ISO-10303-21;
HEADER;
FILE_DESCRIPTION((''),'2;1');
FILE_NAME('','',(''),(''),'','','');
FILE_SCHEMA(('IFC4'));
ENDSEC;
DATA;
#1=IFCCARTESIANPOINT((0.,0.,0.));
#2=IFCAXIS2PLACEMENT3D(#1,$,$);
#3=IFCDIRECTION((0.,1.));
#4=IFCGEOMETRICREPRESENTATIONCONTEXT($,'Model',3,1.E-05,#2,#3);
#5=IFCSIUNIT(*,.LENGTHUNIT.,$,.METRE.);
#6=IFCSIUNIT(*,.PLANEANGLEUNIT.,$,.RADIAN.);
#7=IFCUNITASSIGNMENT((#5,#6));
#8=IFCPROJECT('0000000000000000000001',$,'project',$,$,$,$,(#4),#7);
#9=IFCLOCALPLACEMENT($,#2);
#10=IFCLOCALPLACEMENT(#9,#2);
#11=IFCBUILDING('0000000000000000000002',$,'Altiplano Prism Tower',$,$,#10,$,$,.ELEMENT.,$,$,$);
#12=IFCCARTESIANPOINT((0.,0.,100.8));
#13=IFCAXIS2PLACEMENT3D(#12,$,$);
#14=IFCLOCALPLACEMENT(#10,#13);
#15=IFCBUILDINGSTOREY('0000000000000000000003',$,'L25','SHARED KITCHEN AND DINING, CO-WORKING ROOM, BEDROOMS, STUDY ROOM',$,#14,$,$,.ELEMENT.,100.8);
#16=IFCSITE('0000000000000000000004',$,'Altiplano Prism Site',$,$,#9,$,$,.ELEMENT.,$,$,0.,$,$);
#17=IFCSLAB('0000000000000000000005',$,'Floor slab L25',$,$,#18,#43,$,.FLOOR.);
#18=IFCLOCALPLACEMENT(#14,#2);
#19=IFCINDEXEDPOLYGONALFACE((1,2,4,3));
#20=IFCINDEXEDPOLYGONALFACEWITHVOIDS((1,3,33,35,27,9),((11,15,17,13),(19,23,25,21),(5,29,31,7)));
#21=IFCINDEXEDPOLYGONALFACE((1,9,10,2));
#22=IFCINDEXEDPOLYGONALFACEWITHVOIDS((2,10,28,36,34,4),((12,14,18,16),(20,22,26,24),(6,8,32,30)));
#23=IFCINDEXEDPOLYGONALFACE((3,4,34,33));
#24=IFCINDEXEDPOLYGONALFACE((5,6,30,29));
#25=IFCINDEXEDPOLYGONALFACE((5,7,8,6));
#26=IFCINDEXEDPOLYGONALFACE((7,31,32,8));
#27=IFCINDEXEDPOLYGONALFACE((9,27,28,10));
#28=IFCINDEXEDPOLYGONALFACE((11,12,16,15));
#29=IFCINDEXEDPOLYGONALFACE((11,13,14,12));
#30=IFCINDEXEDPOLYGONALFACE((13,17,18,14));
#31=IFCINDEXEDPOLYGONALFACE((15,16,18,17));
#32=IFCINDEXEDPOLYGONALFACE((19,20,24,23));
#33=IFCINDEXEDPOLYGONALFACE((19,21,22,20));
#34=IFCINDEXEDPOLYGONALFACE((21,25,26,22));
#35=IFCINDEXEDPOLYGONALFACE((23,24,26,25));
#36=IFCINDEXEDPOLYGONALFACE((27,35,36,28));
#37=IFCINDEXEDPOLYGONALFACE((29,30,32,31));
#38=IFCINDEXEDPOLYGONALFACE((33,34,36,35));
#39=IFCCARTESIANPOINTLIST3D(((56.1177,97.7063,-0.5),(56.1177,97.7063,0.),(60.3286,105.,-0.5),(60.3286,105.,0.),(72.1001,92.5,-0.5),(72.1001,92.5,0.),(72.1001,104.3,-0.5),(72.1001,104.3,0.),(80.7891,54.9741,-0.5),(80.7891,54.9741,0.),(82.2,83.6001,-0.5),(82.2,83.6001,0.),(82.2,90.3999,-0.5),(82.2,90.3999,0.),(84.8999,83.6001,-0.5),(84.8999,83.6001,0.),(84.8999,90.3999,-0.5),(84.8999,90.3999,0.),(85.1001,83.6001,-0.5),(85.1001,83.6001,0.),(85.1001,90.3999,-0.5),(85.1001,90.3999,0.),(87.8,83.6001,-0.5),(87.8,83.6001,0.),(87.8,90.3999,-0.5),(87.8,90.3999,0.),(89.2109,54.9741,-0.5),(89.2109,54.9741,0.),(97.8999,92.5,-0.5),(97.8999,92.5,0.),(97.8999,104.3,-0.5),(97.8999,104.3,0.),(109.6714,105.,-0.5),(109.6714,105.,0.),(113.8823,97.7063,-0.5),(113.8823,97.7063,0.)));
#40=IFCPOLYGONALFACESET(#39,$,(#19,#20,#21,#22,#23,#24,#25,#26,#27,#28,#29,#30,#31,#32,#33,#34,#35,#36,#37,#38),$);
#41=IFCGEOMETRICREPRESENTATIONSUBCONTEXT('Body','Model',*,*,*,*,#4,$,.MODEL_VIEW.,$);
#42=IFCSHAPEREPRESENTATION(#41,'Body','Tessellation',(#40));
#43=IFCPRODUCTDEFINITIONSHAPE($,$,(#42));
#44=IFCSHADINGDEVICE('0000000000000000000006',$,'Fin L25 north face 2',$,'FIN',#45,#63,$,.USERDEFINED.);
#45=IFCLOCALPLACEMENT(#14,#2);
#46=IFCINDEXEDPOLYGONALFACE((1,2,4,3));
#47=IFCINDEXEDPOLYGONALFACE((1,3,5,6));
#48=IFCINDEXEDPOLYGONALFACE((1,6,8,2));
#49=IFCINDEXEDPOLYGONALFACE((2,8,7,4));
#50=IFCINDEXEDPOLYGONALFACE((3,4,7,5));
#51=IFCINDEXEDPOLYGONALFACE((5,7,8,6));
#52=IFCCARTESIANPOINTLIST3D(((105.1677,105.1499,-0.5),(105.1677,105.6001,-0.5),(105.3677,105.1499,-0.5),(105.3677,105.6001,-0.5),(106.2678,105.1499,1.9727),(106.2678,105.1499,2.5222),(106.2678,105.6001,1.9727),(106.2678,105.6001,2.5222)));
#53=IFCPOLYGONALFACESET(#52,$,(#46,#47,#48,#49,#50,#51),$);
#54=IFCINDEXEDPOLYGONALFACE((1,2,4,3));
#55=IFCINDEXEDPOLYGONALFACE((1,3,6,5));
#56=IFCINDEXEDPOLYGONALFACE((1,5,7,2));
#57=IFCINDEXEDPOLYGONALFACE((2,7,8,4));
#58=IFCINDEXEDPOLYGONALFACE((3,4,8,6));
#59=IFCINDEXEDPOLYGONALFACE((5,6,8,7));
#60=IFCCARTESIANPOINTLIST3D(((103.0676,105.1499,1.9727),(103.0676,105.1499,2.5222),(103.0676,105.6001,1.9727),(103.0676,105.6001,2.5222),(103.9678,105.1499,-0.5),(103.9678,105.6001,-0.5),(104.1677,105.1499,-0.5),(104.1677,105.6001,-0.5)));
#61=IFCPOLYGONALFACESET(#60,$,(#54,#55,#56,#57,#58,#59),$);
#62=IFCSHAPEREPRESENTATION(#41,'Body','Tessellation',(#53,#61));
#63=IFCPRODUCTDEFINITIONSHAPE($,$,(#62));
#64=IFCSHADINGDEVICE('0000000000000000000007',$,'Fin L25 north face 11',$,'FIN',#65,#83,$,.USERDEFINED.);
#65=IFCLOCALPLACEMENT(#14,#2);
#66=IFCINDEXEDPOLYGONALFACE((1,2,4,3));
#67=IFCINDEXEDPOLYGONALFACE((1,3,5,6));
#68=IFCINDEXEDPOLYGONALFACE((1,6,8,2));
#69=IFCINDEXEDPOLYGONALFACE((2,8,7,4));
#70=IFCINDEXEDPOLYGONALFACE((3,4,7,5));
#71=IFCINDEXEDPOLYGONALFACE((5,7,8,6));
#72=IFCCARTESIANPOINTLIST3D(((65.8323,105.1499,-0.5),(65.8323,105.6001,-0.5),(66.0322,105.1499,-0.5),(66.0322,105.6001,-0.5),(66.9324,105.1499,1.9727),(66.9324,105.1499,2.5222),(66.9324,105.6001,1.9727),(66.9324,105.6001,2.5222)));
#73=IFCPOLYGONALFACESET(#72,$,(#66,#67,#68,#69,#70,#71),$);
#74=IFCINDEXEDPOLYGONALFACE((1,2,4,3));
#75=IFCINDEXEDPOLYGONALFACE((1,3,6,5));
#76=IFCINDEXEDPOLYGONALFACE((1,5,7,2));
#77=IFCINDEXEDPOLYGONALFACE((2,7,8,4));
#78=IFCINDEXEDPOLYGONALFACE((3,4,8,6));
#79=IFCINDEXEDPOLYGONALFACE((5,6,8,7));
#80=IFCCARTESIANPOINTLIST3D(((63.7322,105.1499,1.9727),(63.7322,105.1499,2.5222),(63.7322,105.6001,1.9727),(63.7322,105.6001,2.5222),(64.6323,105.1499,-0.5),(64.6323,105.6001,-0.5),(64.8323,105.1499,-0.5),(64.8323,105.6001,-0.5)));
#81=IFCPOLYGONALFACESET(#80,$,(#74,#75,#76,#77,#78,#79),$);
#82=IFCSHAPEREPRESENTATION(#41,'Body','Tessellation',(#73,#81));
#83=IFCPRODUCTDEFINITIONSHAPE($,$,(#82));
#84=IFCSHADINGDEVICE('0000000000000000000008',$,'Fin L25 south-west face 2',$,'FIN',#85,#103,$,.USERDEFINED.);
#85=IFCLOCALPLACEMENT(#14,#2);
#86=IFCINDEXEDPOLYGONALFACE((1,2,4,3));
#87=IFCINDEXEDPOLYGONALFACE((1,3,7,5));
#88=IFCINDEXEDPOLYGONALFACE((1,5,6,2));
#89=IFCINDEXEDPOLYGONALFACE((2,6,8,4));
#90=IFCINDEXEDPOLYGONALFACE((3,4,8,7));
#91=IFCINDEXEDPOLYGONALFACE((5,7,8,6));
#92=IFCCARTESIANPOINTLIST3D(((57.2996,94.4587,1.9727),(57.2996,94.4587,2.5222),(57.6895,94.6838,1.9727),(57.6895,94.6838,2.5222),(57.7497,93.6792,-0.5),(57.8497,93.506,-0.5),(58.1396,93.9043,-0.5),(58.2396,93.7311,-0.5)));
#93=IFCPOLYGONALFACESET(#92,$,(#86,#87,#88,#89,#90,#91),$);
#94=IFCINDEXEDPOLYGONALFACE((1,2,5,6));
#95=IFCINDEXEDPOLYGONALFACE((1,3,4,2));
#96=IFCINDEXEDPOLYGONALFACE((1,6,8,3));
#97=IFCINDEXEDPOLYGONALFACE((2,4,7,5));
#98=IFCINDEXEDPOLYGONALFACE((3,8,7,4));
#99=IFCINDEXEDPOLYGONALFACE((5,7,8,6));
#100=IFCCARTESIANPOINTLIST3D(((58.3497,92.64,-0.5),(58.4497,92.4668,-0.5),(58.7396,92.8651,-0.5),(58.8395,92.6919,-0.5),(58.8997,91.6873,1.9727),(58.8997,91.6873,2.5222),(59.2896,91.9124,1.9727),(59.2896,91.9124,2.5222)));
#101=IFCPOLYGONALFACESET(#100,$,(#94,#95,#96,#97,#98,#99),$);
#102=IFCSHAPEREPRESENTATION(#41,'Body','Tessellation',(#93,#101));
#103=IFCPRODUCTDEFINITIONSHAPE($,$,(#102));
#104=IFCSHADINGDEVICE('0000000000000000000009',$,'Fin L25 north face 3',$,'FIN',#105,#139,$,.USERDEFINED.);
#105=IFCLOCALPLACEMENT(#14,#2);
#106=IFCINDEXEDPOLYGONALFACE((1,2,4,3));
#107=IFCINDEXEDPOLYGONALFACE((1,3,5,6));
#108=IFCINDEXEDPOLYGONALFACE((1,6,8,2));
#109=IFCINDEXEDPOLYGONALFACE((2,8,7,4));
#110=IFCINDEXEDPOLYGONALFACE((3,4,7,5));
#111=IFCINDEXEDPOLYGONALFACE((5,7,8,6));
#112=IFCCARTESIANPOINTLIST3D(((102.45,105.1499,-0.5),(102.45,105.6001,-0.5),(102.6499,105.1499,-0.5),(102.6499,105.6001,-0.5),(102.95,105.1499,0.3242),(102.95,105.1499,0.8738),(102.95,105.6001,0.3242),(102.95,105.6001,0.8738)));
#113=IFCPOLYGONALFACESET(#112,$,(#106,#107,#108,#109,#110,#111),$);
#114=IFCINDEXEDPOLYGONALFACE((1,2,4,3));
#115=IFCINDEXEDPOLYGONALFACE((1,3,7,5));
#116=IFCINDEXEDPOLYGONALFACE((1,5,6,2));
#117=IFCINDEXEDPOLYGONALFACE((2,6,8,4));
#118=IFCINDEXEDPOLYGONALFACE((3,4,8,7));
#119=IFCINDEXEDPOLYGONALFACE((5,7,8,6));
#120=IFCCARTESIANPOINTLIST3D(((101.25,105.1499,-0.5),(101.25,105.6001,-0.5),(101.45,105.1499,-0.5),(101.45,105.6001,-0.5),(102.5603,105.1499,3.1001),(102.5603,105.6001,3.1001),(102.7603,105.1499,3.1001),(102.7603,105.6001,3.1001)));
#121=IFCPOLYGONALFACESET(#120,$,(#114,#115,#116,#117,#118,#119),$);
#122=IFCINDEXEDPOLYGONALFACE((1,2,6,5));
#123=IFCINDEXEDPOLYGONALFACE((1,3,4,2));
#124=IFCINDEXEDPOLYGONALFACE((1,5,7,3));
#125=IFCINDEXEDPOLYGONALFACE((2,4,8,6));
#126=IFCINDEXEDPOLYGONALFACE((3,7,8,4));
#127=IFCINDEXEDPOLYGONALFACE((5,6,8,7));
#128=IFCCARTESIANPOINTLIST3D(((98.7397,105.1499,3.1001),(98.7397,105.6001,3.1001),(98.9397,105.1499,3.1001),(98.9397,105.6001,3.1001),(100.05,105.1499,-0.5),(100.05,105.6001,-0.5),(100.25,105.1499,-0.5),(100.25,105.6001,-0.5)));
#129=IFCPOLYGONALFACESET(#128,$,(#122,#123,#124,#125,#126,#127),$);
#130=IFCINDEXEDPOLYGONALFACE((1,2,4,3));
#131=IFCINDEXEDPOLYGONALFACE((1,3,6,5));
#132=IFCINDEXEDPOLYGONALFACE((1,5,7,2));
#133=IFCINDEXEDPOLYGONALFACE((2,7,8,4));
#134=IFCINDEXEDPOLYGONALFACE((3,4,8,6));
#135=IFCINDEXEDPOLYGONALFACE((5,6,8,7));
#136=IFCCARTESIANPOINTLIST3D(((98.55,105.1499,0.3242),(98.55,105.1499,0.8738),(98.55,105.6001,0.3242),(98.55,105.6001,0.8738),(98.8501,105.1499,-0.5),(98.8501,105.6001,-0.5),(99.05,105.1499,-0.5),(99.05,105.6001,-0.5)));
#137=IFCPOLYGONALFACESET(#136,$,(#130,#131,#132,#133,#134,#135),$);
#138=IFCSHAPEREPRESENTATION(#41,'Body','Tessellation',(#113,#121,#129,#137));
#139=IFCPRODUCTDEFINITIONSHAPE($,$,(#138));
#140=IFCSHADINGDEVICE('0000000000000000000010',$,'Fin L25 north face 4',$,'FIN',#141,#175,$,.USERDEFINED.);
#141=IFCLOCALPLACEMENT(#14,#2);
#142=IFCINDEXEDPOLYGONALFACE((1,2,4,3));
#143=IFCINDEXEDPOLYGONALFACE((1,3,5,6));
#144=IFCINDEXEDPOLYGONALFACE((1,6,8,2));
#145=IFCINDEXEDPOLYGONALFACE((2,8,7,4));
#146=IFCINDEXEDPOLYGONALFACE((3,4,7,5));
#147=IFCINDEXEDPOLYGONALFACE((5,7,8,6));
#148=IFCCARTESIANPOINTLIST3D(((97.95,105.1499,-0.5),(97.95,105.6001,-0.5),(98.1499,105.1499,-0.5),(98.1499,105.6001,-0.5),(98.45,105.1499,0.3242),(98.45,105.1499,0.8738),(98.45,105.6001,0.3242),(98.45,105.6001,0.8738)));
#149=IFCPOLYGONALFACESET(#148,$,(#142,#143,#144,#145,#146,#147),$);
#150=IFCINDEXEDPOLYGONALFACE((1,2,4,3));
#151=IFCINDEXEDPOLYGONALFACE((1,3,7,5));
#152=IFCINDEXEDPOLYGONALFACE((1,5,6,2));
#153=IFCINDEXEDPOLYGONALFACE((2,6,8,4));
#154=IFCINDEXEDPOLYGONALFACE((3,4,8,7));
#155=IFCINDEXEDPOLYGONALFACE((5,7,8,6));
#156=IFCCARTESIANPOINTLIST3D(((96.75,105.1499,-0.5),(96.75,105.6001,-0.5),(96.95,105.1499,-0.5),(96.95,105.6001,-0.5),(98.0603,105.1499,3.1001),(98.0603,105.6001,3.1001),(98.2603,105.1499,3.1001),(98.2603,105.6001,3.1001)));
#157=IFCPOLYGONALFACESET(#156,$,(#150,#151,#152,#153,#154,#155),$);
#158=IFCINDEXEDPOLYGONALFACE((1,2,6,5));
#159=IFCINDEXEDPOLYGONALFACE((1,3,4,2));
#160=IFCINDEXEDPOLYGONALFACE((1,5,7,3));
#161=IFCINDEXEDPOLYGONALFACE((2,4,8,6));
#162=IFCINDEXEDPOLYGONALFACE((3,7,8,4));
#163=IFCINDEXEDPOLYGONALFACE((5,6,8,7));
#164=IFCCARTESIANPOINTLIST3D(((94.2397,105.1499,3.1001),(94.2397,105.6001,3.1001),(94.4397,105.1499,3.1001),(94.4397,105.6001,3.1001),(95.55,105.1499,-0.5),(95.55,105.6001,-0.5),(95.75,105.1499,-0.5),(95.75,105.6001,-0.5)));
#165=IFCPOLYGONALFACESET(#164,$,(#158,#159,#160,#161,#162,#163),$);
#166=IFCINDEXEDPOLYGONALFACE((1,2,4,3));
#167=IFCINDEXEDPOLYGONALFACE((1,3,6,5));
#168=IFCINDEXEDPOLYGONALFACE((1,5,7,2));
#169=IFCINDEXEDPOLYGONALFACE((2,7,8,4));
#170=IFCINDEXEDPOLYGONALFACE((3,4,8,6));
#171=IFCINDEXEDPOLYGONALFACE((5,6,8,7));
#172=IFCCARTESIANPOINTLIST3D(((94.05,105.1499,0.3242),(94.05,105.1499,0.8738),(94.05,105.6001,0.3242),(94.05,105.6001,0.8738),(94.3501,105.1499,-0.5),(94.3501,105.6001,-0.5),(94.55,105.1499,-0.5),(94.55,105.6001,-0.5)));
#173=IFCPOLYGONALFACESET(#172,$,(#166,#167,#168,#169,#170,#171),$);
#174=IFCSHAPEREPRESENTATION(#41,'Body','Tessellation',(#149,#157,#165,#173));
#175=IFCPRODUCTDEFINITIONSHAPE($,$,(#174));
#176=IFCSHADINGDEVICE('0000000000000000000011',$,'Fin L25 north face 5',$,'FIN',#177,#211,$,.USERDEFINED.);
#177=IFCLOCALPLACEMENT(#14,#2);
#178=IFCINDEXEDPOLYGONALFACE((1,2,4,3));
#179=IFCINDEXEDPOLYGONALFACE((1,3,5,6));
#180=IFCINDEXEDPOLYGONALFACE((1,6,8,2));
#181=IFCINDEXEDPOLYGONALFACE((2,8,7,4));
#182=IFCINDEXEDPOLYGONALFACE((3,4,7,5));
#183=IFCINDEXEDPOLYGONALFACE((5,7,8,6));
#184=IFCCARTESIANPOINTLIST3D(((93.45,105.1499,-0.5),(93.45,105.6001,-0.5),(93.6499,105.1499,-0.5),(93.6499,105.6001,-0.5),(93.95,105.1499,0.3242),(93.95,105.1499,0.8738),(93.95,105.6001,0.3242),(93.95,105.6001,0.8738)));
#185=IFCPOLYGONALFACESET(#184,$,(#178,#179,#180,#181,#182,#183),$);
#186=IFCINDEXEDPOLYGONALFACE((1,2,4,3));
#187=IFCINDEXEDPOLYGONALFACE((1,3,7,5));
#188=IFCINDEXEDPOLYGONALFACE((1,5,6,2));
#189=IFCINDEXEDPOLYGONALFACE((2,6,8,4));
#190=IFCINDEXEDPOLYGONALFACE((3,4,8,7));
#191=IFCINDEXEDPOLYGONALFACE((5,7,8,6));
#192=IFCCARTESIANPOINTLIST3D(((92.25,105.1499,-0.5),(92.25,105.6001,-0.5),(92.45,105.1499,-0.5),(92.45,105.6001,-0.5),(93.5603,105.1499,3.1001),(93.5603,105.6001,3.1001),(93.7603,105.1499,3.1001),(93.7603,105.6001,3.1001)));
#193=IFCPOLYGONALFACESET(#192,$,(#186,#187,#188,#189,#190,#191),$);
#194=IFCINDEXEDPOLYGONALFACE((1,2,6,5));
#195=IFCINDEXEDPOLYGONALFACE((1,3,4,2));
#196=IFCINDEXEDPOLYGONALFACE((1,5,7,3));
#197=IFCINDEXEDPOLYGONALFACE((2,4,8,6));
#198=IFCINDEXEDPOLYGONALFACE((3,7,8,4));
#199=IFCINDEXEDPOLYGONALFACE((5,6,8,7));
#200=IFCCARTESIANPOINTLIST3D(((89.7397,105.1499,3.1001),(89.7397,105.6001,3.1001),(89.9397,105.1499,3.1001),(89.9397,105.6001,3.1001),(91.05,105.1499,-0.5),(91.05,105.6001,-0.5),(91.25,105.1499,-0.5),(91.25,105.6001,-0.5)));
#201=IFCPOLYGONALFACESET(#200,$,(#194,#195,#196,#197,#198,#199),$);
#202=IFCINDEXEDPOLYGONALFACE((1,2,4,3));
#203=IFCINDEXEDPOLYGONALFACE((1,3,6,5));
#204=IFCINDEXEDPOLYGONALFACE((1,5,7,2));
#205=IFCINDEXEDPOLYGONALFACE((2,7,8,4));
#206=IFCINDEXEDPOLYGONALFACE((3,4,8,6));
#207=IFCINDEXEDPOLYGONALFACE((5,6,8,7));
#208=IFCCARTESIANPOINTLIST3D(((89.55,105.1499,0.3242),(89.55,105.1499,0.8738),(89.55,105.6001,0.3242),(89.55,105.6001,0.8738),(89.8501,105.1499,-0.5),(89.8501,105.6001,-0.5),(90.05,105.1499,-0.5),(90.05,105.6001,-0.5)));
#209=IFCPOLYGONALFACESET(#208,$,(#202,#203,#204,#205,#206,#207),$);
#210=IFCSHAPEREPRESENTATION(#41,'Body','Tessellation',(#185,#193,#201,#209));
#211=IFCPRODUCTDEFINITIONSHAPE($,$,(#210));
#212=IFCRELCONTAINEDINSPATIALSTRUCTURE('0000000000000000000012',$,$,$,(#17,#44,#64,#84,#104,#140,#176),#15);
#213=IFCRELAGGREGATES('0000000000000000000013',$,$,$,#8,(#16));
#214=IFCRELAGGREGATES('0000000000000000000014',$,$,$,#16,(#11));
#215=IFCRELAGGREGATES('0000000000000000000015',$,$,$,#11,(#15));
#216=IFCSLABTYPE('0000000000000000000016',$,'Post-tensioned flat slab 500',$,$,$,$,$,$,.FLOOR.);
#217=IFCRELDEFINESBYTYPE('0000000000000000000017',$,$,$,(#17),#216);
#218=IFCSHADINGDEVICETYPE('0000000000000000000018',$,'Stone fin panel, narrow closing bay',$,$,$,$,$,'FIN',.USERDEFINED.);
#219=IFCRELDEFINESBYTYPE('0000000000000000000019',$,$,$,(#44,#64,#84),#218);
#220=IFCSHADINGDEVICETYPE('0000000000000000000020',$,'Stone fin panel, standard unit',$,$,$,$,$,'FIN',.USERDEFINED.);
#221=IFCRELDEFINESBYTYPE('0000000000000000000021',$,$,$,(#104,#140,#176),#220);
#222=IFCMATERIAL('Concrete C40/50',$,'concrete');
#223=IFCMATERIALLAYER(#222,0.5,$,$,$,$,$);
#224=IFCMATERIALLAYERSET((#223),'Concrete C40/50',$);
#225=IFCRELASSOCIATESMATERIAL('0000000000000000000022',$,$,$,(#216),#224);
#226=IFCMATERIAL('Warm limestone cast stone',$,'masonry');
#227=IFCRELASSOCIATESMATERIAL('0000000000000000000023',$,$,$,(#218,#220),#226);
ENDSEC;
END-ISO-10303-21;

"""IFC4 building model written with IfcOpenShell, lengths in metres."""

from ifc_helpers import new_model, si_unit, direction, frame, origin, place, context, subcontext, project, spatial, polyline, outline, extrude, source, transform, mapped, material, layer, layer_set, type_object, element, save


model = new_model("IFC4")

# Units and contexts
model_context = context("Model", 3, precision=1e-05, world=origin(), true_north=direction((0.0, 1.0)))
body_context = subcontext(model_context, "Body", "Model", "MODEL_VIEW")
ifc_project = project(units=[si_unit("LENGTHUNIT", "METRE"), si_unit("PLANEANGLEUNIT", "RADIAN")], contexts=[model_context])

# Site, building, storey
site_placement = place(None, origin())
site = spatial("IfcSite", under=ifc_project, at=site_placement, Name="Altiplano Prism Site", CompositionType="ELEMENT", RefElevation=0.0)
building_placement = place(site_placement, origin())
building = spatial("IfcBuilding", under=site, at=building_placement, Name="Altiplano Prism Tower", CompositionType="ELEMENT")
storey_placement = place(building_placement, frame((0.0, 0.0, 100.8)))
storey = spatial("IfcBuildingStorey", under=building, at=storey_placement, Name="L25", Description="SHARED KITCHEN AND DINING, CO-WORKING ROOM, BEDROOMS, STUDY ROOM", CompositionType="ELEMENT", Elevation=100.8)

# Slab
ifc_material_1 = material(Name="Concrete C40/50", Category="concrete")
ifc_layer = layer(ifc_material_1, 0.5)
ifc_layer_set = layer_set([ifc_layer], Name="Concrete C40/50")
slab_type = type_object("IfcSlabType", Name="Post-tensioned flat slab 500", PredefinedType="FLOOR", material=ifc_layer_set)
slab_placement = place(storey_placement, frame((0.0, 0.0, -0.5)))
element("IfcSlab", 1, at=slab_placement, inside=storey, type_object=slab_type, Name="Floor slab L25", PredefinedType="FLOOR", context=body_context, shape_type="SweptSolid", body=[
    extrude(outline(polyline([(80.7891, 54.9741), (56.1177, 97.7063), (60.3286, 105.0), (109.6714, 105.0), (113.8823, 97.7063), (89.2109, 54.9741), (80.7891, 54.9741)]), holes=[polyline([(72.1001, 104.3), (72.1001, 92.5), (97.8999, 92.5), (97.8999, 104.3), (72.1001, 104.3)]), polyline([(84.8999, 90.3999), (82.2, 90.3999), (82.2, 83.6001), (84.8999, 83.6001), (84.8999, 90.3999)]), polyline([(87.8, 83.6001), (87.8, 90.3999), (85.1001, 90.3999), (85.1001, 83.6001), (87.8, 83.6001)])]), origin(), (0.0, 0.0, 1.0), 0.5),
])

# Shading devices
ifc_material_2 = material(Name="Warm limestone cast stone", Category="masonry")
shading_device_type_1 = type_object("IfcShadingDeviceType", Name="Stone fin panel, narrow closing bay", ElementType="FIN", PredefinedType="USERDEFINED", material=ifc_material_2)
shared_shape_1 = source(origin(), body_context, "Body", "SweptSolid", [
    extrude(outline(polyline([(-1.6001, 3.0222), (-1.6001, 2.4727), (-0.7, 0.0), (-0.5, 0.0), (-1.6001, 3.0222)])), frame((0.0, -0.1499, 0.0), z_axis=(0.0, -1.0, 0.0), x_axis=(1.0, 0.0, 0.0)), (0.0, 0.0, 1.0), 0.4502),
    extrude(outline(polyline([(1.6001, 2.4727), (1.6001, 3.0222), (0.5, 0.0), (0.7, 0.0), (1.6001, 2.4727)])), frame((0.0, -0.1499, 0.0), z_axis=(0.0, -1.0, 0.0), x_axis=(1.0, 0.0, 0.0)), (0.0, 0.0, 1.0), 0.4502),
])
shading_device_1_placement = place(storey_placement, origin())
element("IfcShadingDevice", 2, at=shading_device_1_placement, inside=storey, type_object=shading_device_type_1, Name="Fin L25 north face 2", ObjectType="FIN", PredefinedType="USERDEFINED", context=body_context, shape_type="MappedRepresentation", body=[
    mapped(shared_shape_1, transform((104.6677, 105.0, -0.5), x_axis=(-1.0, 0.0, 0.0), y_axis=(0.0, -1.0, 0.0), z_axis=(0.0, 0.0, 1.0))),
])
shading_device_2_placement = place(storey_placement, origin())
element("IfcShadingDevice", 3, at=shading_device_2_placement, inside=storey, type_object=shading_device_type_1, Name="Fin L25 north face 11", ObjectType="FIN", PredefinedType="USERDEFINED", context=body_context, shape_type="MappedRepresentation", body=[
    mapped(shared_shape_1, transform((65.3323, 105.0, -0.5), x_axis=(-1.0, 0.0, 0.0), y_axis=(0.0, -1.0, 0.0), z_axis=(0.0, 0.0, 1.0))),
])
shading_device_3_placement = place(storey_placement, origin())
element("IfcShadingDevice", 4, at=shading_device_3_placement, inside=storey, type_object=shading_device_type_1, Name="Fin L25 south-west face 2", ObjectType="FIN", PredefinedType="USERDEFINED", context=body_context, shape_type="MappedRepresentation", body=[
    mapped(shared_shape_1, transform((58.6194, 93.373, -0.5), x_axis=(0.5, -0.866025, 0.0), y_axis=(0.866025, 0.5, 0.0), z_axis=(0.0, 0.0, 1.0))),
])
shading_device_type_2 = type_object("IfcShadingDeviceType", Name="Stone fin panel, standard unit", ElementType="FIN", PredefinedType="USERDEFINED", material=ifc_material_2)
shared_shape_2 = source(origin(), body_context, "Body", "SweptSolid", [
    extrude(outline(polyline([(-2.2, 1.3738), (-2.2, 0.8242), (-1.8999, 0.0), (-1.7, 0.0), (-2.2, 1.3738)])), frame((0.0, -0.1499, 0.0), z_axis=(0.0, -1.0, 0.0), x_axis=(1.0, 0.0, 0.0)), (0.0, 0.0, 1.0), 0.4502),
    extrude(outline(polyline([(-2.0103, 3.6001), (-0.7, 0.0), (-0.5, 0.0), (-1.8103, 3.6001), (-2.0103, 3.6001)])), frame((0.0, -0.1499, 0.0), z_axis=(0.0, -1.0, 0.0), x_axis=(1.0, 0.0, 0.0)), (0.0, 0.0, 1.0), 0.4502),
    extrude(outline(polyline([(1.8103, 3.6001), (0.5, 0.0), (0.7, 0.0), (2.0103, 3.6001), (1.8103, 3.6001)])), frame((0.0, -0.1499, 0.0), z_axis=(0.0, -1.0, 0.0), x_axis=(1.0, 0.0, 0.0)), (0.0, 0.0, 1.0), 0.4502),
    extrude(outline(polyline([(2.2, 0.8242), (2.2, 1.3738), (1.7, 0.0), (1.8999, 0.0), (2.2, 0.8242)])), frame((0.0, -0.1499, 0.0), z_axis=(0.0, -1.0, 0.0), x_axis=(1.0, 0.0, 0.0)), (0.0, 0.0, 1.0), 0.4502),
])
shading_device_4_placement = place(storey_placement, origin())
element("IfcShadingDevice", 5, at=shading_device_4_placement, inside=storey, type_object=shading_device_type_2, Name="Fin L25 north face 3", ObjectType="FIN", PredefinedType="USERDEFINED", context=body_context, shape_type="MappedRepresentation", body=[
    mapped(shared_shape_2, transform((100.75, 105.0, -0.5), x_axis=(-1.0, 0.0, 0.0), y_axis=(0.0, -1.0, 0.0), z_axis=(0.0, 0.0, 1.0))),
])
shading_device_5_placement = place(storey_placement, origin())
element("IfcShadingDevice", 6, at=shading_device_5_placement, inside=storey, type_object=shading_device_type_2, Name="Fin L25 north face 4", ObjectType="FIN", PredefinedType="USERDEFINED", context=body_context, shape_type="MappedRepresentation", body=[
    mapped(shared_shape_2, transform((96.25, 105.0, -0.5), x_axis=(-1.0, 0.0, 0.0), y_axis=(0.0, -1.0, 0.0), z_axis=(0.0, 0.0, 1.0))),
])
shading_device_6_placement = place(storey_placement, origin())
element("IfcShadingDevice", 7, at=shading_device_6_placement, inside=storey, type_object=shading_device_type_2, Name="Fin L25 north face 5", ObjectType="FIN", PredefinedType="USERDEFINED", context=body_context, shape_type="MappedRepresentation", body=[
    mapped(shared_shape_2, transform((91.75, 105.0, -0.5), x_axis=(-1.0, 0.0, 0.0), y_axis=(0.0, -1.0, 0.0), z_axis=(0.0, 0.0, 1.0))),
])

save(model, "model.ifc")
